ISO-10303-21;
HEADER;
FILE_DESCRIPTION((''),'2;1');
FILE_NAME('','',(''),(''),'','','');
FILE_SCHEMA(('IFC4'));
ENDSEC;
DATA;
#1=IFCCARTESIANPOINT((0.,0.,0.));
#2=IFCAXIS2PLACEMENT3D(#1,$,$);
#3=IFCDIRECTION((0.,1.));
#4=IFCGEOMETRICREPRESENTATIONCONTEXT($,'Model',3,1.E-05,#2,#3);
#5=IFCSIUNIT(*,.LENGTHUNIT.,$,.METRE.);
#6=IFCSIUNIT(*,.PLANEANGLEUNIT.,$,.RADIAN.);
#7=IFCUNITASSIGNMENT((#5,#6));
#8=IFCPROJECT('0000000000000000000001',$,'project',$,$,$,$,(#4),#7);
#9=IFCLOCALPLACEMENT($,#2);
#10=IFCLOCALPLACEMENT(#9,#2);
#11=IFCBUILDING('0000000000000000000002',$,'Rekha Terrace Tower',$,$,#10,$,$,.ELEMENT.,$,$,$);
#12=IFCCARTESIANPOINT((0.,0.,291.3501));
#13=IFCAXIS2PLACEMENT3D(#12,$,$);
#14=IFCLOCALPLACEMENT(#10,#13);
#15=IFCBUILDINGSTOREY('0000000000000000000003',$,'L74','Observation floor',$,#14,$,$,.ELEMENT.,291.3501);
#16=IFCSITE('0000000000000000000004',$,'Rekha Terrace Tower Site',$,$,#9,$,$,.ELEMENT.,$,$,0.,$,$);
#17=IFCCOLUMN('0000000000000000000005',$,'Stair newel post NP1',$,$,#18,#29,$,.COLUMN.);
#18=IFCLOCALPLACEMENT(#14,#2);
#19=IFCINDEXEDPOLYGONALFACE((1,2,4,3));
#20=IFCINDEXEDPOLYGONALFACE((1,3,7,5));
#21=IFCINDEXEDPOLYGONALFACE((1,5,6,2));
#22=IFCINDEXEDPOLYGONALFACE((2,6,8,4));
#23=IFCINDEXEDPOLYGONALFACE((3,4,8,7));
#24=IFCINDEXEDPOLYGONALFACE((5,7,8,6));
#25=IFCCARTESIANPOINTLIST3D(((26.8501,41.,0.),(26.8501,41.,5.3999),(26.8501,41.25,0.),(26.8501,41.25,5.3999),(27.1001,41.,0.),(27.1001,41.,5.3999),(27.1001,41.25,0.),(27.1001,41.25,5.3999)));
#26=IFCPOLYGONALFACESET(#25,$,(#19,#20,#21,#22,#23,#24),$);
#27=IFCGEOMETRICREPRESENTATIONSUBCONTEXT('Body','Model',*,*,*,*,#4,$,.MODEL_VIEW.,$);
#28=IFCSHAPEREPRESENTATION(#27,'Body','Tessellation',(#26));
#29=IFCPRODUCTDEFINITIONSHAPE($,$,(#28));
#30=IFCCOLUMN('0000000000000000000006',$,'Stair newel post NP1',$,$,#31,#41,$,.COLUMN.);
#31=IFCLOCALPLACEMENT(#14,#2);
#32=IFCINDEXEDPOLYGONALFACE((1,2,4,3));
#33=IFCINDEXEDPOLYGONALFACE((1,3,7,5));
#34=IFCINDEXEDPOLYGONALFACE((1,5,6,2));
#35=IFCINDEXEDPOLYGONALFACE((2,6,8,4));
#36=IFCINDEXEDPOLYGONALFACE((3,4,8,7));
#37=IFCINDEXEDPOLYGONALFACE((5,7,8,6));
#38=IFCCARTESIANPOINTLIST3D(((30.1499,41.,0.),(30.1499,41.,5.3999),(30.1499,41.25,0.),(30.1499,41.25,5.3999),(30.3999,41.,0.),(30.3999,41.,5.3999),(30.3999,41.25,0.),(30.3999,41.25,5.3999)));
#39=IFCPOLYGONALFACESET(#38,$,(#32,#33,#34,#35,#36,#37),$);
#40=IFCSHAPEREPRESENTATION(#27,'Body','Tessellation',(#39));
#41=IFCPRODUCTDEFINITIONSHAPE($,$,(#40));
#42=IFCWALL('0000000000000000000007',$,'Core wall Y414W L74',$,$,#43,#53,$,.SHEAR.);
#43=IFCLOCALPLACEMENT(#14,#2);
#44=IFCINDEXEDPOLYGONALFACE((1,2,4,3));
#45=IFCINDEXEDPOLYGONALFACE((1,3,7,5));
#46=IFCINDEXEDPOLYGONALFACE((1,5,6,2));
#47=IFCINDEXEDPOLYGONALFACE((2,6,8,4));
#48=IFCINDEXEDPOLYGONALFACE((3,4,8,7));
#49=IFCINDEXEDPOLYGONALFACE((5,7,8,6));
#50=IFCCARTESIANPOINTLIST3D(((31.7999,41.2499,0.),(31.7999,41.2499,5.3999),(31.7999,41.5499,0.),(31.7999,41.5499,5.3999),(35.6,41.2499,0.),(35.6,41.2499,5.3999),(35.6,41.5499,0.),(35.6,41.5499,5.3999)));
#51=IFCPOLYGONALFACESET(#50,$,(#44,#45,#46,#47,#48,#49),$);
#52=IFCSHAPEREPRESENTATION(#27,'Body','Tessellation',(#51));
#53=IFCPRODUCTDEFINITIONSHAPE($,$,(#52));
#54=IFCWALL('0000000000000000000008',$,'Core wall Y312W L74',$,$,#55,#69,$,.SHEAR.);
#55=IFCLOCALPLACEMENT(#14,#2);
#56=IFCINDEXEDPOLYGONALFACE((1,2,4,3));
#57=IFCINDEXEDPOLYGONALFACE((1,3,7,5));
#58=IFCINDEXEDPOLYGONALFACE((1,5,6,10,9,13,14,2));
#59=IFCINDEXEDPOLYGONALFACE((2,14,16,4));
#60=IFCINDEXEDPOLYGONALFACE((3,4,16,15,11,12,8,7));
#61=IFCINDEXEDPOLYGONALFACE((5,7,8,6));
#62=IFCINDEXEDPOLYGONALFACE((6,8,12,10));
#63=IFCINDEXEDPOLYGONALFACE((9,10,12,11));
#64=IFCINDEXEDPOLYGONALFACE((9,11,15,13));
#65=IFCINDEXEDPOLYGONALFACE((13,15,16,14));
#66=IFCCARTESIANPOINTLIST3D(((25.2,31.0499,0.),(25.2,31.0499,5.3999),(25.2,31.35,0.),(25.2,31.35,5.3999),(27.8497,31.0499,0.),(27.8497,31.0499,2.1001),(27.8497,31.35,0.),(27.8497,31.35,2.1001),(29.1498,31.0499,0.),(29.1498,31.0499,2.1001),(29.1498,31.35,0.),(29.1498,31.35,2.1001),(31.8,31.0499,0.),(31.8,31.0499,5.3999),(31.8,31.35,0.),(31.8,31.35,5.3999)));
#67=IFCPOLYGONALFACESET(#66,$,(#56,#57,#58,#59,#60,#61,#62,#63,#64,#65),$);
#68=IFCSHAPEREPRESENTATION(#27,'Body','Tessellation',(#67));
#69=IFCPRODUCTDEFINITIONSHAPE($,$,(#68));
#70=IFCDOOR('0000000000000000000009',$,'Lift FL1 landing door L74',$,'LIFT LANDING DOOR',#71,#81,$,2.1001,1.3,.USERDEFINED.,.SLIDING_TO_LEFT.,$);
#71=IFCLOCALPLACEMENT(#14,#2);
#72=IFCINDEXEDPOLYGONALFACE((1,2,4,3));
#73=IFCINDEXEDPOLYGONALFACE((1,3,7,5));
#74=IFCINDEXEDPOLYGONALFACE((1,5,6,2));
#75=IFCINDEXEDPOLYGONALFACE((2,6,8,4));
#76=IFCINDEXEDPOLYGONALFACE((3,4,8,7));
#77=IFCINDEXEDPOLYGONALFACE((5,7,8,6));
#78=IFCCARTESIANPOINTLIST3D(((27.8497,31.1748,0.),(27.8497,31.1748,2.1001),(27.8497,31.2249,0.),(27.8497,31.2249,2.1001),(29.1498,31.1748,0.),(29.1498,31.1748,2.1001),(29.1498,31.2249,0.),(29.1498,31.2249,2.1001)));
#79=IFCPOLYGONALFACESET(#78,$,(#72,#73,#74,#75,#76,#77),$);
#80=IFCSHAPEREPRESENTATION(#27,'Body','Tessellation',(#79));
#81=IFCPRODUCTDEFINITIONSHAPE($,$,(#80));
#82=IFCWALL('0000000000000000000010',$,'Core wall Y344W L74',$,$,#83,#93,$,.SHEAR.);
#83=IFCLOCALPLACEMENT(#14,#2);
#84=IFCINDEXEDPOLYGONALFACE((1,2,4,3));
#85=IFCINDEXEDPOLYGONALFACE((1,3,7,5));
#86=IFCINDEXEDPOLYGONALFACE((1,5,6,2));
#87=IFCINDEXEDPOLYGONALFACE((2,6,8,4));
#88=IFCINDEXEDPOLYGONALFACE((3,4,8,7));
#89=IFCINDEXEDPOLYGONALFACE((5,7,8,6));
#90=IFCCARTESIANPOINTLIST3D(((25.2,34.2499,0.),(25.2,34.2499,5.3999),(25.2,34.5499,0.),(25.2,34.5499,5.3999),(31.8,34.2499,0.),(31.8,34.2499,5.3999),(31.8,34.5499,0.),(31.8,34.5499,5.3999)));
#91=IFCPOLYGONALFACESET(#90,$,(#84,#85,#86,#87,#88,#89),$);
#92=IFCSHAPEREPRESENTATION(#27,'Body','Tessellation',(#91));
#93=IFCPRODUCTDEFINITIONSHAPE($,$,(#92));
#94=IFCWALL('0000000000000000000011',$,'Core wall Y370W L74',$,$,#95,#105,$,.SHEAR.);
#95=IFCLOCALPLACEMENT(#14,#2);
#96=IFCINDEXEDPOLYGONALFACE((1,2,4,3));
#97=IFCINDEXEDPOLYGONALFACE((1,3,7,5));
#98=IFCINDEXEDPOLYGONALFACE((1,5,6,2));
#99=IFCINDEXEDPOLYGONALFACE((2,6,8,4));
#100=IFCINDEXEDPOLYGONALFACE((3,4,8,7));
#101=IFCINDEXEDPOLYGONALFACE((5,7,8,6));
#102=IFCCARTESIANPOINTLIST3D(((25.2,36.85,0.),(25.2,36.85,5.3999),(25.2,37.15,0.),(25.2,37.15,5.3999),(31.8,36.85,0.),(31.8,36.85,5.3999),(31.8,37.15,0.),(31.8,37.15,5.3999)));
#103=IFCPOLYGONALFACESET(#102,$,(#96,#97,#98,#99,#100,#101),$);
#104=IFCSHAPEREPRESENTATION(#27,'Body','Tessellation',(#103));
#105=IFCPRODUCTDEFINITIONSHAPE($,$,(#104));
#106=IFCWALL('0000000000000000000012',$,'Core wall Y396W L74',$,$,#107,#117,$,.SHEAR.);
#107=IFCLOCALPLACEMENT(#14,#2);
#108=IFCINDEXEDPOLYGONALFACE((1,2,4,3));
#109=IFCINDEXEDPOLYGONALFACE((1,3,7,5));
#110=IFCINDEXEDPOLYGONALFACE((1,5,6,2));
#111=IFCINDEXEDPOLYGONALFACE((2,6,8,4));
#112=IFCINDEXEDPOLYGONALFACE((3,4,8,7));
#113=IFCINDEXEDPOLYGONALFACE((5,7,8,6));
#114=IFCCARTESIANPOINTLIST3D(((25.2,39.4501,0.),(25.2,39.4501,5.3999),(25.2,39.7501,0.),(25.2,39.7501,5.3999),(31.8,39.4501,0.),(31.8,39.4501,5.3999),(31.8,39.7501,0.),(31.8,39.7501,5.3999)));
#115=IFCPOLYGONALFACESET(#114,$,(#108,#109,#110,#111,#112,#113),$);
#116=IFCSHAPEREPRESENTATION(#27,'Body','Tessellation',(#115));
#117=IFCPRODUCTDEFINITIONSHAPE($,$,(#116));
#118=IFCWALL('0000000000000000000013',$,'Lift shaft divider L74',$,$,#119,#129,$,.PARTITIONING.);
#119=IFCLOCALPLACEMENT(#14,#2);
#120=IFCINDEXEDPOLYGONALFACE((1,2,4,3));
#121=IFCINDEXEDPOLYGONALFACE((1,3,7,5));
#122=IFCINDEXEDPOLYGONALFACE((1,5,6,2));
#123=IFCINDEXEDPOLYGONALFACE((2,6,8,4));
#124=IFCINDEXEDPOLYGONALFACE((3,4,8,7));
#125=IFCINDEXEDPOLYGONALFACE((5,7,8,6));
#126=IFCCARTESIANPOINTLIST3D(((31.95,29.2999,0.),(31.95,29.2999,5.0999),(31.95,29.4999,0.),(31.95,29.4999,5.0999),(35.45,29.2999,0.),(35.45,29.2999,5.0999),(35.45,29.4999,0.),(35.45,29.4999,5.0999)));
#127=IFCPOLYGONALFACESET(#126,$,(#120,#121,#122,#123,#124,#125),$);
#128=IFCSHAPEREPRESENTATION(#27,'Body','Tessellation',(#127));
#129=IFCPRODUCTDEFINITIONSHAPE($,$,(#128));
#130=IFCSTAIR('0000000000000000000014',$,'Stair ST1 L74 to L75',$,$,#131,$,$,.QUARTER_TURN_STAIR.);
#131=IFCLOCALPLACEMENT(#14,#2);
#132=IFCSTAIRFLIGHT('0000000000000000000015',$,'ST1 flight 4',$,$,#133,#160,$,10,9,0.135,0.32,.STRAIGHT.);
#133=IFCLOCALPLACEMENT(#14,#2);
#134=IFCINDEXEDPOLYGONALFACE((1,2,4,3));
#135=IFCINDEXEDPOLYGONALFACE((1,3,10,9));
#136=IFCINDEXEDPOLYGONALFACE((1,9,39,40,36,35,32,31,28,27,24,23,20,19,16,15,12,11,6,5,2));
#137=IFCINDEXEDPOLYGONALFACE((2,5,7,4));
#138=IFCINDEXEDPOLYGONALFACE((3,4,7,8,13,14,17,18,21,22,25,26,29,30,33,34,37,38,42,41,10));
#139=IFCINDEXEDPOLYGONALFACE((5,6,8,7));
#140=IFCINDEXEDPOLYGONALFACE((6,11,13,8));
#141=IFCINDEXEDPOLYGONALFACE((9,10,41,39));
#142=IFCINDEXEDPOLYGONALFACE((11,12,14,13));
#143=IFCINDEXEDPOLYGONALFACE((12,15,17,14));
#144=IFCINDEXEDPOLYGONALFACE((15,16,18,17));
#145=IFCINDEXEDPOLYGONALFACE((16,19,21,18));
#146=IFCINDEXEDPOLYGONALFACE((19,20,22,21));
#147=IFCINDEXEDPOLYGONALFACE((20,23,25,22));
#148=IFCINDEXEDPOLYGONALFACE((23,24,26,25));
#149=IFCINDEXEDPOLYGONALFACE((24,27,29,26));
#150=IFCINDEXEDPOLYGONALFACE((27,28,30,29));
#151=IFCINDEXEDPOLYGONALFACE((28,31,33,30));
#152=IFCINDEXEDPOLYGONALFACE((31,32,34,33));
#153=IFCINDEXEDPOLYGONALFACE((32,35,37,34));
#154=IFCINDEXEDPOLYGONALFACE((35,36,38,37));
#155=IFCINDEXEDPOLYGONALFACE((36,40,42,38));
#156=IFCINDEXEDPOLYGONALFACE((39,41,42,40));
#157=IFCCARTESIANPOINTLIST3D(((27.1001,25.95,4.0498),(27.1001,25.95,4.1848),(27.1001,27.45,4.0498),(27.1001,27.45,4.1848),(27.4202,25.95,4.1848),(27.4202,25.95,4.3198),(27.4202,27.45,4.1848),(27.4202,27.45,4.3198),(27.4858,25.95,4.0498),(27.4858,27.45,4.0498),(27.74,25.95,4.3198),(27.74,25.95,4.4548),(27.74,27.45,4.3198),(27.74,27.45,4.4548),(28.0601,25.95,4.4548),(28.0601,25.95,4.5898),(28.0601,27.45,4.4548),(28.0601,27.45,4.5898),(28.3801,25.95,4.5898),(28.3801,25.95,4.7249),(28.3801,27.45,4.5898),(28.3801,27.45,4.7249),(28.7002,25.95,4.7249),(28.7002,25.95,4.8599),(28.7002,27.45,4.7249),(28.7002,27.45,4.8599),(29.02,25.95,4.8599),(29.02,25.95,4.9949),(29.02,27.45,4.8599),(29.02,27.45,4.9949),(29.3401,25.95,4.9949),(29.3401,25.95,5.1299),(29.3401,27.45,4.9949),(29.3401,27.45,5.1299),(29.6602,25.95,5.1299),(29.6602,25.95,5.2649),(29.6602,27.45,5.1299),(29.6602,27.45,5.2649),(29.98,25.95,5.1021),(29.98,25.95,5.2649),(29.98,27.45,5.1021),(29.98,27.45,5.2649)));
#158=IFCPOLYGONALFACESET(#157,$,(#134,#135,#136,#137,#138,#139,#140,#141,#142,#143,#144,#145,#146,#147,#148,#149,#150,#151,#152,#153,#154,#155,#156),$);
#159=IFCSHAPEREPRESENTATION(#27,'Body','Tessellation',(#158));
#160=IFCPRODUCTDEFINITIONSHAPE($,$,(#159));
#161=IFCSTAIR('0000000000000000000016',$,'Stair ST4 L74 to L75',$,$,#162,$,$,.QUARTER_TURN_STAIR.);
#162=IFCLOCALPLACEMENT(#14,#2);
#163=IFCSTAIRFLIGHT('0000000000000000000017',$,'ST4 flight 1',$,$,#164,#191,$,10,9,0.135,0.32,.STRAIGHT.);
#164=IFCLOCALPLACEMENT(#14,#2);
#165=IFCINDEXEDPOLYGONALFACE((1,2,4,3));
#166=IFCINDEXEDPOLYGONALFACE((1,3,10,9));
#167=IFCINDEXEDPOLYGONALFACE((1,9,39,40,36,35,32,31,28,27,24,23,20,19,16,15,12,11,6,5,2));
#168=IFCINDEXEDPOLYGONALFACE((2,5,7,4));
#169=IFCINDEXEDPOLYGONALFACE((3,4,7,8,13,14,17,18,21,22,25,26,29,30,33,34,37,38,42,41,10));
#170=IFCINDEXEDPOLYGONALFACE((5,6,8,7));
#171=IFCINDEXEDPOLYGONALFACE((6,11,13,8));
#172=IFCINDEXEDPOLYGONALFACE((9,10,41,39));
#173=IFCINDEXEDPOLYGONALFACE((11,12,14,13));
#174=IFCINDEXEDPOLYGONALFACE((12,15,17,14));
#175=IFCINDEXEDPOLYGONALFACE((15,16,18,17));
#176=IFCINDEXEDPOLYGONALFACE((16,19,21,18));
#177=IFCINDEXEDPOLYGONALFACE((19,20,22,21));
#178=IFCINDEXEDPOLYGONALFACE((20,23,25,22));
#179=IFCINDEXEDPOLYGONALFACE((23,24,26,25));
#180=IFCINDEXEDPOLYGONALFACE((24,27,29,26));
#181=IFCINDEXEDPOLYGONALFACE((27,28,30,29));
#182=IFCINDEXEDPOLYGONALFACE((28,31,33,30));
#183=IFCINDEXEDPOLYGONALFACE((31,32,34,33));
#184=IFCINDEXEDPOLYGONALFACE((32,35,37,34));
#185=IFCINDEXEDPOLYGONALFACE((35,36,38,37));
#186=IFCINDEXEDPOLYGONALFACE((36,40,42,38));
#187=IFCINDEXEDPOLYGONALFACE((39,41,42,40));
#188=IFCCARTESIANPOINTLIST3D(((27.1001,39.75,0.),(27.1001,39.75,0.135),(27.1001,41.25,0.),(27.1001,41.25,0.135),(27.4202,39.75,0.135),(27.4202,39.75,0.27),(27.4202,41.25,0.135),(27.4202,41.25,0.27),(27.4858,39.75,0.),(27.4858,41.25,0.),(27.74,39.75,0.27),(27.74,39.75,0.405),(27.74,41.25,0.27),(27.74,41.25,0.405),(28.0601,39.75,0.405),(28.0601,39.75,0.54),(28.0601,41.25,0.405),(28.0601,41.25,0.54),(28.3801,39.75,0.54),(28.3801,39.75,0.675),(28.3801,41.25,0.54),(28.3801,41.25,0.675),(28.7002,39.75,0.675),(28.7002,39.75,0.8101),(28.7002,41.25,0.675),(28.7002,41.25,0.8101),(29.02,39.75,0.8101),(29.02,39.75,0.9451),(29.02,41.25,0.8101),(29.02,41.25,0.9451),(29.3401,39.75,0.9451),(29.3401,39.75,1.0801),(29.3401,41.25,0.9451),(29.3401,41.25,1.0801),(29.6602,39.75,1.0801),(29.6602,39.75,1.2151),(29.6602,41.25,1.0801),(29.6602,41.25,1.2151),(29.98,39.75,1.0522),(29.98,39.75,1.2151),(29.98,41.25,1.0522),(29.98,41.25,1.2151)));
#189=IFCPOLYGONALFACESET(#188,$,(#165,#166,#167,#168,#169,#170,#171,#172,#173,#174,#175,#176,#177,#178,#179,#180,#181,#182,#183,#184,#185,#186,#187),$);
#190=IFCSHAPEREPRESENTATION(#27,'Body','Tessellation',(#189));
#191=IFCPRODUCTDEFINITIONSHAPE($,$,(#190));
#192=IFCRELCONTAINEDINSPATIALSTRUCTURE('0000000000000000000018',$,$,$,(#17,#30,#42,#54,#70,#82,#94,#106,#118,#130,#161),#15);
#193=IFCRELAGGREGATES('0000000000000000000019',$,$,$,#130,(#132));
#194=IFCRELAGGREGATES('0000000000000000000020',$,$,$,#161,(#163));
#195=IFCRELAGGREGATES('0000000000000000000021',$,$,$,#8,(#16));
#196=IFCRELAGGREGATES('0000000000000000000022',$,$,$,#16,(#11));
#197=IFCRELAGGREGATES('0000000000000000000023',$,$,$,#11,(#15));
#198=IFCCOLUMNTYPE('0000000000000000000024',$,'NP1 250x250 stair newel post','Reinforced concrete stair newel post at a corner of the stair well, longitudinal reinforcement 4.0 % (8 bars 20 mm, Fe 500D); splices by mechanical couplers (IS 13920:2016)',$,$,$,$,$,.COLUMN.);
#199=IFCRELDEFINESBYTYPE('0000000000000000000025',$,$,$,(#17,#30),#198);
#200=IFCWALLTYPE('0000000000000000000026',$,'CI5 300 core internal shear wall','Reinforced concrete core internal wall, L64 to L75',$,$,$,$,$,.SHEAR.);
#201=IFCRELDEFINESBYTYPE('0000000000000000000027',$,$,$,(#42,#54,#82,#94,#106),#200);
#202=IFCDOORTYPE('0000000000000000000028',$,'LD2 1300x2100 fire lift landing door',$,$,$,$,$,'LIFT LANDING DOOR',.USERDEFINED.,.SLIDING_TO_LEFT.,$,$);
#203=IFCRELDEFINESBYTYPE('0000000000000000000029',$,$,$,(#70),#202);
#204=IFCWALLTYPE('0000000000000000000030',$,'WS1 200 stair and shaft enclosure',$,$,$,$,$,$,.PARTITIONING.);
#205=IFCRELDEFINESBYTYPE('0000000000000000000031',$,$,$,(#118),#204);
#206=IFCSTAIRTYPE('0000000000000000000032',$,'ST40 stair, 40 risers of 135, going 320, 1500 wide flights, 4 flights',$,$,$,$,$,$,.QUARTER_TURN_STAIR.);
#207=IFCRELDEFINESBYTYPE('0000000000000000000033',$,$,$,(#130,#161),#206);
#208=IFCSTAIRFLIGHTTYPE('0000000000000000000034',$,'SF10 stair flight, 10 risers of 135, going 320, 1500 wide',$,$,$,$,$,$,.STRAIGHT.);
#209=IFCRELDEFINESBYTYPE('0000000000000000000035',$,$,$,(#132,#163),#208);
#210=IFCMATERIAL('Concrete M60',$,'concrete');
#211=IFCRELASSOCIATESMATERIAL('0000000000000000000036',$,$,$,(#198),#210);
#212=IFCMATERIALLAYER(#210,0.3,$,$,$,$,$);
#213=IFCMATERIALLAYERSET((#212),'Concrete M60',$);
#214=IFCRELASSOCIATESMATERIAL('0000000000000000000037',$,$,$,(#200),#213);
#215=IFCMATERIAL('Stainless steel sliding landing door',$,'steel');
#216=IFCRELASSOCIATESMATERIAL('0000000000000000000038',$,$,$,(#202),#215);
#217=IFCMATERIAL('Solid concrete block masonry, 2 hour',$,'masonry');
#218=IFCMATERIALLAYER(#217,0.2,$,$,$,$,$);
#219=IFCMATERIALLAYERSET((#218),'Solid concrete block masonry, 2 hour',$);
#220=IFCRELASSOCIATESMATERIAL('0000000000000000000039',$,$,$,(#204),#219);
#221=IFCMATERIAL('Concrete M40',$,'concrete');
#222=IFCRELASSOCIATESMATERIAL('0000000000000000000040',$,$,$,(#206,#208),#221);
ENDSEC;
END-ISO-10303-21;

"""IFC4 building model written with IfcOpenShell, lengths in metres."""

from ifc_helpers import new_model, si_unit, direction, frame, frame_2d, origin, origin_2d, place, context, subcontext, project, spatial, polyline, rectangle, outline, extrude, material, layer, layer_set, material_profile, profile_set, type_object, element, fill, aggregate, save


model = new_model("IFC4")

# Units and contexts
model_context = context("Model", 3, precision=1e-05, world=origin(), true_north=direction((0.0, 1.0)))
body_context = subcontext(model_context, "Body", "Model", "MODEL_VIEW")
ifc_project = project(units=[si_unit("LENGTHUNIT", "METRE"), si_unit("PLANEANGLEUNIT", "RADIAN")], contexts=[model_context])

# Site, building, storey
site_placement = place(None, origin())
site = spatial("IfcSite", under=ifc_project, at=site_placement, Name="Rekha Terrace Tower Site", CompositionType="ELEMENT", RefElevation=0.0)
building_placement = place(site_placement, origin())
building = spatial("IfcBuilding", under=site, at=building_placement, Name="Rekha Terrace Tower", CompositionType="ELEMENT")
storey_placement = place(building_placement, frame((0.0, 0.0, 291.3501)))
storey = spatial("IfcBuildingStorey", under=building, at=storey_placement, Name="L74", Description="Observation floor", CompositionType="ELEMENT", Elevation=291.3501)

# Columns
ifc_material_1 = material(Name="Concrete M60", Category="concrete")
ifc_material_profile = material_profile(ifc_material_1, rectangle(XDim=0.25, YDim=0.25, at=origin_2d()), Name="RC 250x250")
ifc_profile_set = profile_set([ifc_material_profile], Name="Concrete M60")
column_type = type_object("IfcColumnType", Name="NP1 250x250 stair newel post", Description="Reinforced concrete stair newel post at a corner of the stair well, longitudinal reinforcement 4.0 % (8 bars 20 mm, Fe 500D); splices by mechanical couplers (IS 13920:2016)", PredefinedType="COLUMN", material=ifc_profile_set)
for number, where, z_axis, x_axis, name in (
    (1, (26.9751, 41.125, 0.0), (0.0, 0.0, 1.0), (1.0, 0.0, 0.0), "Stair newel post NP1"),
    (2, (30.2749, 41.125, 0.0), (0.0, 0.0, 1.0), (1.0, 0.0, 0.0), "Stair newel post NP1"),
):
    element("IfcColumn", number, at=place(storey_placement, frame(where, z_axis=z_axis, x_axis=x_axis)), inside=storey, type_object=column_type, Name=name, PredefinedType="COLUMN", context=body_context, shape_type="SweptSolid", body=[
        extrude(rectangle(XDim=0.25, YDim=0.25, at=origin_2d()), origin(), (0.0, 0.0, 1.0), 5.3999),
    ])

# Wall
ifc_layer_1 = layer(ifc_material_1, 0.3)
ifc_layer_set_1 = layer_set([ifc_layer_1], Name="Concrete M60")
wall_type_1 = type_object("IfcWallType", Name="CI5 300 core internal shear wall", Description="Reinforced concrete core internal wall, L64 to L75", PredefinedType="SHEAR", material=ifc_layer_set_1)
wall_1_placement = place(storey_placement, frame((31.8, 41.3999, 0.0), z_axis=(0.0, 0.0, 1.0), x_axis=(1.0, 0.0, 0.0)))
element("IfcWall", 3, at=wall_1_placement, inside=storey, type_object=wall_type_1, Name="Core wall Y414W L74", PredefinedType="SHEAR", context=body_context, shape_type="SweptSolid", body=[
    extrude(rectangle(XDim=3.8, YDim=0.3, at=frame_2d((1.8999, 0.0))), origin(), (0.0, 0.0, 1.0), 5.3999),
])

# Wall, opening, door
wall_2_placement = place(storey_placement, frame((25.2, 31.2, 0.0), z_axis=(0.0, 0.0, 1.0), x_axis=(1.0, 0.0, 0.0)))
wall_2 = element("IfcWall", 4, at=wall_2_placement, inside=storey, type_object=wall_type_1, Name="Core wall Y312W L74", PredefinedType="SHEAR", context=body_context, shape_type="SweptSolid", body=[
    extrude(rectangle(XDim=6.6001, YDim=0.3, at=frame_2d((3.3, 0.0))), origin(), (0.0, 0.0, 1.0), 5.3999),
])
opening_placement = place(wall_2_placement, frame((2.6499, 0.0, 0.0)))
opening = element("IfcOpeningElement", 5, at=opening_placement, cuts=wall_2, PredefinedType="OPENING", context=body_context, shape_type="SweptSolid", body=[
    extrude(rectangle(XDim=1.3, YDim=2.1001, at=frame_2d((0.6499, 1.05))), frame((0.0, 0.1599, 0.0), z_axis=(0.0, -1.0, 0.0), x_axis=(1.0, 0.0, 0.0)), (0.0, 0.0, 1.0), 0.3201),
])
ifc_material_2 = material(Name="Stainless steel sliding landing door", Category="steel")
door_type = type_object("IfcDoorType", Name="LD2 1300x2100 fire lift landing door", ElementType="LIFT LANDING DOOR", OperationType="SLIDING_TO_LEFT", PredefinedType="USERDEFINED", material=ifc_material_2)
door_placement = place(opening_placement, origin())
door = element("IfcDoor", 6, at=door_placement, inside=storey, type_object=door_type, Name="Lift FL1 landing door L74", ObjectType="LIFT LANDING DOOR", OperationType="SLIDING_TO_LEFT", OverallHeight=2.1001, OverallWidth=1.3, PredefinedType="USERDEFINED", context=body_context, shape_type="SweptSolid", body=[
    extrude(rectangle(XDim=1.3, YDim=2.1001, at=frame_2d((0.6499, 1.05))), frame((0.0, 0.0249, 0.0), z_axis=(0.0, -1.0, 0.0), x_axis=(1.0, 0.0, 0.0)), (0.0, 0.0, 1.0), 0.05),
])
fill(opening, door)

# Walls
for number, where, z_axis, x_axis, name in (
    (7, (25.2, 34.3999, 0.0), (0.0, 0.0, 1.0), (1.0, 0.0, 0.0), "Core wall Y344W L74"),
    (8, (25.2, 37.0, 0.0), (0.0, 0.0, 1.0), (1.0, 0.0, 0.0), "Core wall Y370W L74"),
    (9, (25.2, 39.6001, 0.0), (0.0, 0.0, 1.0), (1.0, 0.0, 0.0), "Core wall Y396W L74"),
):
    element("IfcWall", number, at=place(storey_placement, frame(where, z_axis=z_axis, x_axis=x_axis)), inside=storey, type_object=wall_type_1, Name=name, PredefinedType="SHEAR", context=body_context, shape_type="SweptSolid", body=[
        extrude(rectangle(XDim=6.6001, YDim=0.3, at=frame_2d((3.3, 0.0))), origin(), (0.0, 0.0, 1.0), 5.3999),
    ])
ifc_material_3 = material(Name="Solid concrete block masonry, 2 hour", Category="masonry")
ifc_layer_2 = layer(ifc_material_3, 0.2)
ifc_layer_set_2 = layer_set([ifc_layer_2], Name="Solid concrete block masonry, 2 hour")
wall_type_2 = type_object("IfcWallType", Name="WS1 200 stair and shaft enclosure", PredefinedType="PARTITIONING", material=ifc_layer_set_2)
wall_3_placement = place(storey_placement, frame((31.95, 29.3999, 0.0), z_axis=(0.0, 0.0, 1.0), x_axis=(1.0, 0.0, 0.0)))
element("IfcWall", 10, at=wall_3_placement, inside=storey, type_object=wall_type_2, Name="Lift shaft divider L74", PredefinedType="PARTITIONING", context=body_context, shape_type="SweptSolid", body=[
    extrude(rectangle(XDim=3.5, YDim=0.2, at=frame_2d((1.75, 0.0))), origin(), (0.0, 0.0, 1.0), 5.0999),
])

# Stair, stair flight
ifc_material_4 = material(Name="Concrete M40", Category="concrete")
stair_type = type_object("IfcStairType", Name="ST40 stair, 40 risers of 135, going 320, 1500 wide flights, 4 flights", PredefinedType="QUARTER_TURN_STAIR", material=ifc_material_4)
stair_1_placement = place(storey_placement, origin())
stair_1 = element("IfcStair", 11, at=stair_1_placement, inside=storey, type_object=stair_type, Name="Stair ST1 L74 to L75", PredefinedType="QUARTER_TURN_STAIR")
stair_flight_type = type_object("IfcStairFlightType", Name="SF10 stair flight, 10 risers of 135, going 320, 1500 wide", PredefinedType="STRAIGHT", material=ifc_material_4)
stair_flight_1_placement = place(storey_placement, frame((27.1001, 26.7, 4.0498), z_axis=(0.0, 0.0, 1.0), x_axis=(1.0, 0.0, 0.0)))
stair_flight_1 = element("IfcStairFlight", 12, at=stair_flight_1_placement, type_object=stair_flight_type, Name="ST1 flight 4", NumberOfRisers=10, NumberOfTreads=9, PredefinedType="STRAIGHT", RiserHeight=0.135, TreadLength=0.32, context=body_context, shape_type="SweptSolid", body=[
    extrude(outline(polyline([(0.0, 0.0), (0.0, 0.135), (0.3201, 0.135), (0.3201, 0.27), (0.6399, 0.27), (0.6399, 0.405), (0.96, 0.405), (0.96, 0.54), (1.28, 0.54), (1.28, 0.675), (1.6001, 0.675), (1.6001, 0.8101), (1.9199, 0.8101), (1.9199, 0.9451), (2.24, 0.9451), (2.24, 1.0801), (2.5601, 1.0801), (2.5601, 1.2151), (2.8799, 1.2151), (2.8799, 1.3501), (2.8799, 1.0522), (0.3857, 0.0), (0.0, 0.0)])), frame((0.0, 0.75, 0.0), z_axis=(0.0, -1.0, 0.0), x_axis=(1.0, 0.0, 0.0)), (0.0, 0.0, 1.0), 1.5),
])
aggregate(stair_1, [stair_flight_1])

# Stair, stair flight
stair_2_placement = place(storey_placement, origin())
stair_2 = element("IfcStair", 13, at=stair_2_placement, inside=storey, type_object=stair_type, Name="Stair ST4 L74 to L75", PredefinedType="QUARTER_TURN_STAIR")
stair_flight_2_placement = place(storey_placement, frame((27.1001, 40.5, 0.0), z_axis=(0.0, 0.0, 1.0), x_axis=(1.0, 0.0, 0.0)))
stair_flight_2 = element("IfcStairFlight", 14, at=stair_flight_2_placement, type_object=stair_flight_type, Name="ST4 flight 1", NumberOfRisers=10, NumberOfTreads=9, PredefinedType="STRAIGHT", RiserHeight=0.135, TreadLength=0.32, context=body_context, shape_type="SweptSolid", body=[
    extrude(outline(polyline([(0.0, 0.0), (0.0, 0.135), (0.3201, 0.135), (0.3201, 0.27), (0.6399, 0.27), (0.6399, 0.405), (0.96, 0.405), (0.96, 0.54), (1.28, 0.54), (1.28, 0.675), (1.6001, 0.675), (1.6001, 0.8101), (1.9199, 0.8101), (1.9199, 0.9451), (2.24, 0.9451), (2.24, 1.0801), (2.5601, 1.0801), (2.5601, 1.2151), (2.8799, 1.2151), (2.8799, 1.3501), (2.8799, 1.0522), (0.3857, 0.0), (0.0, 0.0)])), frame((0.0, 0.75, 0.0), z_axis=(0.0, -1.0, 0.0), x_axis=(1.0, 0.0, 0.0)), (0.0, 0.0, 1.0), 1.5),
])
aggregate(stair_2, [stair_flight_2])

save(model, "model.ifc")
